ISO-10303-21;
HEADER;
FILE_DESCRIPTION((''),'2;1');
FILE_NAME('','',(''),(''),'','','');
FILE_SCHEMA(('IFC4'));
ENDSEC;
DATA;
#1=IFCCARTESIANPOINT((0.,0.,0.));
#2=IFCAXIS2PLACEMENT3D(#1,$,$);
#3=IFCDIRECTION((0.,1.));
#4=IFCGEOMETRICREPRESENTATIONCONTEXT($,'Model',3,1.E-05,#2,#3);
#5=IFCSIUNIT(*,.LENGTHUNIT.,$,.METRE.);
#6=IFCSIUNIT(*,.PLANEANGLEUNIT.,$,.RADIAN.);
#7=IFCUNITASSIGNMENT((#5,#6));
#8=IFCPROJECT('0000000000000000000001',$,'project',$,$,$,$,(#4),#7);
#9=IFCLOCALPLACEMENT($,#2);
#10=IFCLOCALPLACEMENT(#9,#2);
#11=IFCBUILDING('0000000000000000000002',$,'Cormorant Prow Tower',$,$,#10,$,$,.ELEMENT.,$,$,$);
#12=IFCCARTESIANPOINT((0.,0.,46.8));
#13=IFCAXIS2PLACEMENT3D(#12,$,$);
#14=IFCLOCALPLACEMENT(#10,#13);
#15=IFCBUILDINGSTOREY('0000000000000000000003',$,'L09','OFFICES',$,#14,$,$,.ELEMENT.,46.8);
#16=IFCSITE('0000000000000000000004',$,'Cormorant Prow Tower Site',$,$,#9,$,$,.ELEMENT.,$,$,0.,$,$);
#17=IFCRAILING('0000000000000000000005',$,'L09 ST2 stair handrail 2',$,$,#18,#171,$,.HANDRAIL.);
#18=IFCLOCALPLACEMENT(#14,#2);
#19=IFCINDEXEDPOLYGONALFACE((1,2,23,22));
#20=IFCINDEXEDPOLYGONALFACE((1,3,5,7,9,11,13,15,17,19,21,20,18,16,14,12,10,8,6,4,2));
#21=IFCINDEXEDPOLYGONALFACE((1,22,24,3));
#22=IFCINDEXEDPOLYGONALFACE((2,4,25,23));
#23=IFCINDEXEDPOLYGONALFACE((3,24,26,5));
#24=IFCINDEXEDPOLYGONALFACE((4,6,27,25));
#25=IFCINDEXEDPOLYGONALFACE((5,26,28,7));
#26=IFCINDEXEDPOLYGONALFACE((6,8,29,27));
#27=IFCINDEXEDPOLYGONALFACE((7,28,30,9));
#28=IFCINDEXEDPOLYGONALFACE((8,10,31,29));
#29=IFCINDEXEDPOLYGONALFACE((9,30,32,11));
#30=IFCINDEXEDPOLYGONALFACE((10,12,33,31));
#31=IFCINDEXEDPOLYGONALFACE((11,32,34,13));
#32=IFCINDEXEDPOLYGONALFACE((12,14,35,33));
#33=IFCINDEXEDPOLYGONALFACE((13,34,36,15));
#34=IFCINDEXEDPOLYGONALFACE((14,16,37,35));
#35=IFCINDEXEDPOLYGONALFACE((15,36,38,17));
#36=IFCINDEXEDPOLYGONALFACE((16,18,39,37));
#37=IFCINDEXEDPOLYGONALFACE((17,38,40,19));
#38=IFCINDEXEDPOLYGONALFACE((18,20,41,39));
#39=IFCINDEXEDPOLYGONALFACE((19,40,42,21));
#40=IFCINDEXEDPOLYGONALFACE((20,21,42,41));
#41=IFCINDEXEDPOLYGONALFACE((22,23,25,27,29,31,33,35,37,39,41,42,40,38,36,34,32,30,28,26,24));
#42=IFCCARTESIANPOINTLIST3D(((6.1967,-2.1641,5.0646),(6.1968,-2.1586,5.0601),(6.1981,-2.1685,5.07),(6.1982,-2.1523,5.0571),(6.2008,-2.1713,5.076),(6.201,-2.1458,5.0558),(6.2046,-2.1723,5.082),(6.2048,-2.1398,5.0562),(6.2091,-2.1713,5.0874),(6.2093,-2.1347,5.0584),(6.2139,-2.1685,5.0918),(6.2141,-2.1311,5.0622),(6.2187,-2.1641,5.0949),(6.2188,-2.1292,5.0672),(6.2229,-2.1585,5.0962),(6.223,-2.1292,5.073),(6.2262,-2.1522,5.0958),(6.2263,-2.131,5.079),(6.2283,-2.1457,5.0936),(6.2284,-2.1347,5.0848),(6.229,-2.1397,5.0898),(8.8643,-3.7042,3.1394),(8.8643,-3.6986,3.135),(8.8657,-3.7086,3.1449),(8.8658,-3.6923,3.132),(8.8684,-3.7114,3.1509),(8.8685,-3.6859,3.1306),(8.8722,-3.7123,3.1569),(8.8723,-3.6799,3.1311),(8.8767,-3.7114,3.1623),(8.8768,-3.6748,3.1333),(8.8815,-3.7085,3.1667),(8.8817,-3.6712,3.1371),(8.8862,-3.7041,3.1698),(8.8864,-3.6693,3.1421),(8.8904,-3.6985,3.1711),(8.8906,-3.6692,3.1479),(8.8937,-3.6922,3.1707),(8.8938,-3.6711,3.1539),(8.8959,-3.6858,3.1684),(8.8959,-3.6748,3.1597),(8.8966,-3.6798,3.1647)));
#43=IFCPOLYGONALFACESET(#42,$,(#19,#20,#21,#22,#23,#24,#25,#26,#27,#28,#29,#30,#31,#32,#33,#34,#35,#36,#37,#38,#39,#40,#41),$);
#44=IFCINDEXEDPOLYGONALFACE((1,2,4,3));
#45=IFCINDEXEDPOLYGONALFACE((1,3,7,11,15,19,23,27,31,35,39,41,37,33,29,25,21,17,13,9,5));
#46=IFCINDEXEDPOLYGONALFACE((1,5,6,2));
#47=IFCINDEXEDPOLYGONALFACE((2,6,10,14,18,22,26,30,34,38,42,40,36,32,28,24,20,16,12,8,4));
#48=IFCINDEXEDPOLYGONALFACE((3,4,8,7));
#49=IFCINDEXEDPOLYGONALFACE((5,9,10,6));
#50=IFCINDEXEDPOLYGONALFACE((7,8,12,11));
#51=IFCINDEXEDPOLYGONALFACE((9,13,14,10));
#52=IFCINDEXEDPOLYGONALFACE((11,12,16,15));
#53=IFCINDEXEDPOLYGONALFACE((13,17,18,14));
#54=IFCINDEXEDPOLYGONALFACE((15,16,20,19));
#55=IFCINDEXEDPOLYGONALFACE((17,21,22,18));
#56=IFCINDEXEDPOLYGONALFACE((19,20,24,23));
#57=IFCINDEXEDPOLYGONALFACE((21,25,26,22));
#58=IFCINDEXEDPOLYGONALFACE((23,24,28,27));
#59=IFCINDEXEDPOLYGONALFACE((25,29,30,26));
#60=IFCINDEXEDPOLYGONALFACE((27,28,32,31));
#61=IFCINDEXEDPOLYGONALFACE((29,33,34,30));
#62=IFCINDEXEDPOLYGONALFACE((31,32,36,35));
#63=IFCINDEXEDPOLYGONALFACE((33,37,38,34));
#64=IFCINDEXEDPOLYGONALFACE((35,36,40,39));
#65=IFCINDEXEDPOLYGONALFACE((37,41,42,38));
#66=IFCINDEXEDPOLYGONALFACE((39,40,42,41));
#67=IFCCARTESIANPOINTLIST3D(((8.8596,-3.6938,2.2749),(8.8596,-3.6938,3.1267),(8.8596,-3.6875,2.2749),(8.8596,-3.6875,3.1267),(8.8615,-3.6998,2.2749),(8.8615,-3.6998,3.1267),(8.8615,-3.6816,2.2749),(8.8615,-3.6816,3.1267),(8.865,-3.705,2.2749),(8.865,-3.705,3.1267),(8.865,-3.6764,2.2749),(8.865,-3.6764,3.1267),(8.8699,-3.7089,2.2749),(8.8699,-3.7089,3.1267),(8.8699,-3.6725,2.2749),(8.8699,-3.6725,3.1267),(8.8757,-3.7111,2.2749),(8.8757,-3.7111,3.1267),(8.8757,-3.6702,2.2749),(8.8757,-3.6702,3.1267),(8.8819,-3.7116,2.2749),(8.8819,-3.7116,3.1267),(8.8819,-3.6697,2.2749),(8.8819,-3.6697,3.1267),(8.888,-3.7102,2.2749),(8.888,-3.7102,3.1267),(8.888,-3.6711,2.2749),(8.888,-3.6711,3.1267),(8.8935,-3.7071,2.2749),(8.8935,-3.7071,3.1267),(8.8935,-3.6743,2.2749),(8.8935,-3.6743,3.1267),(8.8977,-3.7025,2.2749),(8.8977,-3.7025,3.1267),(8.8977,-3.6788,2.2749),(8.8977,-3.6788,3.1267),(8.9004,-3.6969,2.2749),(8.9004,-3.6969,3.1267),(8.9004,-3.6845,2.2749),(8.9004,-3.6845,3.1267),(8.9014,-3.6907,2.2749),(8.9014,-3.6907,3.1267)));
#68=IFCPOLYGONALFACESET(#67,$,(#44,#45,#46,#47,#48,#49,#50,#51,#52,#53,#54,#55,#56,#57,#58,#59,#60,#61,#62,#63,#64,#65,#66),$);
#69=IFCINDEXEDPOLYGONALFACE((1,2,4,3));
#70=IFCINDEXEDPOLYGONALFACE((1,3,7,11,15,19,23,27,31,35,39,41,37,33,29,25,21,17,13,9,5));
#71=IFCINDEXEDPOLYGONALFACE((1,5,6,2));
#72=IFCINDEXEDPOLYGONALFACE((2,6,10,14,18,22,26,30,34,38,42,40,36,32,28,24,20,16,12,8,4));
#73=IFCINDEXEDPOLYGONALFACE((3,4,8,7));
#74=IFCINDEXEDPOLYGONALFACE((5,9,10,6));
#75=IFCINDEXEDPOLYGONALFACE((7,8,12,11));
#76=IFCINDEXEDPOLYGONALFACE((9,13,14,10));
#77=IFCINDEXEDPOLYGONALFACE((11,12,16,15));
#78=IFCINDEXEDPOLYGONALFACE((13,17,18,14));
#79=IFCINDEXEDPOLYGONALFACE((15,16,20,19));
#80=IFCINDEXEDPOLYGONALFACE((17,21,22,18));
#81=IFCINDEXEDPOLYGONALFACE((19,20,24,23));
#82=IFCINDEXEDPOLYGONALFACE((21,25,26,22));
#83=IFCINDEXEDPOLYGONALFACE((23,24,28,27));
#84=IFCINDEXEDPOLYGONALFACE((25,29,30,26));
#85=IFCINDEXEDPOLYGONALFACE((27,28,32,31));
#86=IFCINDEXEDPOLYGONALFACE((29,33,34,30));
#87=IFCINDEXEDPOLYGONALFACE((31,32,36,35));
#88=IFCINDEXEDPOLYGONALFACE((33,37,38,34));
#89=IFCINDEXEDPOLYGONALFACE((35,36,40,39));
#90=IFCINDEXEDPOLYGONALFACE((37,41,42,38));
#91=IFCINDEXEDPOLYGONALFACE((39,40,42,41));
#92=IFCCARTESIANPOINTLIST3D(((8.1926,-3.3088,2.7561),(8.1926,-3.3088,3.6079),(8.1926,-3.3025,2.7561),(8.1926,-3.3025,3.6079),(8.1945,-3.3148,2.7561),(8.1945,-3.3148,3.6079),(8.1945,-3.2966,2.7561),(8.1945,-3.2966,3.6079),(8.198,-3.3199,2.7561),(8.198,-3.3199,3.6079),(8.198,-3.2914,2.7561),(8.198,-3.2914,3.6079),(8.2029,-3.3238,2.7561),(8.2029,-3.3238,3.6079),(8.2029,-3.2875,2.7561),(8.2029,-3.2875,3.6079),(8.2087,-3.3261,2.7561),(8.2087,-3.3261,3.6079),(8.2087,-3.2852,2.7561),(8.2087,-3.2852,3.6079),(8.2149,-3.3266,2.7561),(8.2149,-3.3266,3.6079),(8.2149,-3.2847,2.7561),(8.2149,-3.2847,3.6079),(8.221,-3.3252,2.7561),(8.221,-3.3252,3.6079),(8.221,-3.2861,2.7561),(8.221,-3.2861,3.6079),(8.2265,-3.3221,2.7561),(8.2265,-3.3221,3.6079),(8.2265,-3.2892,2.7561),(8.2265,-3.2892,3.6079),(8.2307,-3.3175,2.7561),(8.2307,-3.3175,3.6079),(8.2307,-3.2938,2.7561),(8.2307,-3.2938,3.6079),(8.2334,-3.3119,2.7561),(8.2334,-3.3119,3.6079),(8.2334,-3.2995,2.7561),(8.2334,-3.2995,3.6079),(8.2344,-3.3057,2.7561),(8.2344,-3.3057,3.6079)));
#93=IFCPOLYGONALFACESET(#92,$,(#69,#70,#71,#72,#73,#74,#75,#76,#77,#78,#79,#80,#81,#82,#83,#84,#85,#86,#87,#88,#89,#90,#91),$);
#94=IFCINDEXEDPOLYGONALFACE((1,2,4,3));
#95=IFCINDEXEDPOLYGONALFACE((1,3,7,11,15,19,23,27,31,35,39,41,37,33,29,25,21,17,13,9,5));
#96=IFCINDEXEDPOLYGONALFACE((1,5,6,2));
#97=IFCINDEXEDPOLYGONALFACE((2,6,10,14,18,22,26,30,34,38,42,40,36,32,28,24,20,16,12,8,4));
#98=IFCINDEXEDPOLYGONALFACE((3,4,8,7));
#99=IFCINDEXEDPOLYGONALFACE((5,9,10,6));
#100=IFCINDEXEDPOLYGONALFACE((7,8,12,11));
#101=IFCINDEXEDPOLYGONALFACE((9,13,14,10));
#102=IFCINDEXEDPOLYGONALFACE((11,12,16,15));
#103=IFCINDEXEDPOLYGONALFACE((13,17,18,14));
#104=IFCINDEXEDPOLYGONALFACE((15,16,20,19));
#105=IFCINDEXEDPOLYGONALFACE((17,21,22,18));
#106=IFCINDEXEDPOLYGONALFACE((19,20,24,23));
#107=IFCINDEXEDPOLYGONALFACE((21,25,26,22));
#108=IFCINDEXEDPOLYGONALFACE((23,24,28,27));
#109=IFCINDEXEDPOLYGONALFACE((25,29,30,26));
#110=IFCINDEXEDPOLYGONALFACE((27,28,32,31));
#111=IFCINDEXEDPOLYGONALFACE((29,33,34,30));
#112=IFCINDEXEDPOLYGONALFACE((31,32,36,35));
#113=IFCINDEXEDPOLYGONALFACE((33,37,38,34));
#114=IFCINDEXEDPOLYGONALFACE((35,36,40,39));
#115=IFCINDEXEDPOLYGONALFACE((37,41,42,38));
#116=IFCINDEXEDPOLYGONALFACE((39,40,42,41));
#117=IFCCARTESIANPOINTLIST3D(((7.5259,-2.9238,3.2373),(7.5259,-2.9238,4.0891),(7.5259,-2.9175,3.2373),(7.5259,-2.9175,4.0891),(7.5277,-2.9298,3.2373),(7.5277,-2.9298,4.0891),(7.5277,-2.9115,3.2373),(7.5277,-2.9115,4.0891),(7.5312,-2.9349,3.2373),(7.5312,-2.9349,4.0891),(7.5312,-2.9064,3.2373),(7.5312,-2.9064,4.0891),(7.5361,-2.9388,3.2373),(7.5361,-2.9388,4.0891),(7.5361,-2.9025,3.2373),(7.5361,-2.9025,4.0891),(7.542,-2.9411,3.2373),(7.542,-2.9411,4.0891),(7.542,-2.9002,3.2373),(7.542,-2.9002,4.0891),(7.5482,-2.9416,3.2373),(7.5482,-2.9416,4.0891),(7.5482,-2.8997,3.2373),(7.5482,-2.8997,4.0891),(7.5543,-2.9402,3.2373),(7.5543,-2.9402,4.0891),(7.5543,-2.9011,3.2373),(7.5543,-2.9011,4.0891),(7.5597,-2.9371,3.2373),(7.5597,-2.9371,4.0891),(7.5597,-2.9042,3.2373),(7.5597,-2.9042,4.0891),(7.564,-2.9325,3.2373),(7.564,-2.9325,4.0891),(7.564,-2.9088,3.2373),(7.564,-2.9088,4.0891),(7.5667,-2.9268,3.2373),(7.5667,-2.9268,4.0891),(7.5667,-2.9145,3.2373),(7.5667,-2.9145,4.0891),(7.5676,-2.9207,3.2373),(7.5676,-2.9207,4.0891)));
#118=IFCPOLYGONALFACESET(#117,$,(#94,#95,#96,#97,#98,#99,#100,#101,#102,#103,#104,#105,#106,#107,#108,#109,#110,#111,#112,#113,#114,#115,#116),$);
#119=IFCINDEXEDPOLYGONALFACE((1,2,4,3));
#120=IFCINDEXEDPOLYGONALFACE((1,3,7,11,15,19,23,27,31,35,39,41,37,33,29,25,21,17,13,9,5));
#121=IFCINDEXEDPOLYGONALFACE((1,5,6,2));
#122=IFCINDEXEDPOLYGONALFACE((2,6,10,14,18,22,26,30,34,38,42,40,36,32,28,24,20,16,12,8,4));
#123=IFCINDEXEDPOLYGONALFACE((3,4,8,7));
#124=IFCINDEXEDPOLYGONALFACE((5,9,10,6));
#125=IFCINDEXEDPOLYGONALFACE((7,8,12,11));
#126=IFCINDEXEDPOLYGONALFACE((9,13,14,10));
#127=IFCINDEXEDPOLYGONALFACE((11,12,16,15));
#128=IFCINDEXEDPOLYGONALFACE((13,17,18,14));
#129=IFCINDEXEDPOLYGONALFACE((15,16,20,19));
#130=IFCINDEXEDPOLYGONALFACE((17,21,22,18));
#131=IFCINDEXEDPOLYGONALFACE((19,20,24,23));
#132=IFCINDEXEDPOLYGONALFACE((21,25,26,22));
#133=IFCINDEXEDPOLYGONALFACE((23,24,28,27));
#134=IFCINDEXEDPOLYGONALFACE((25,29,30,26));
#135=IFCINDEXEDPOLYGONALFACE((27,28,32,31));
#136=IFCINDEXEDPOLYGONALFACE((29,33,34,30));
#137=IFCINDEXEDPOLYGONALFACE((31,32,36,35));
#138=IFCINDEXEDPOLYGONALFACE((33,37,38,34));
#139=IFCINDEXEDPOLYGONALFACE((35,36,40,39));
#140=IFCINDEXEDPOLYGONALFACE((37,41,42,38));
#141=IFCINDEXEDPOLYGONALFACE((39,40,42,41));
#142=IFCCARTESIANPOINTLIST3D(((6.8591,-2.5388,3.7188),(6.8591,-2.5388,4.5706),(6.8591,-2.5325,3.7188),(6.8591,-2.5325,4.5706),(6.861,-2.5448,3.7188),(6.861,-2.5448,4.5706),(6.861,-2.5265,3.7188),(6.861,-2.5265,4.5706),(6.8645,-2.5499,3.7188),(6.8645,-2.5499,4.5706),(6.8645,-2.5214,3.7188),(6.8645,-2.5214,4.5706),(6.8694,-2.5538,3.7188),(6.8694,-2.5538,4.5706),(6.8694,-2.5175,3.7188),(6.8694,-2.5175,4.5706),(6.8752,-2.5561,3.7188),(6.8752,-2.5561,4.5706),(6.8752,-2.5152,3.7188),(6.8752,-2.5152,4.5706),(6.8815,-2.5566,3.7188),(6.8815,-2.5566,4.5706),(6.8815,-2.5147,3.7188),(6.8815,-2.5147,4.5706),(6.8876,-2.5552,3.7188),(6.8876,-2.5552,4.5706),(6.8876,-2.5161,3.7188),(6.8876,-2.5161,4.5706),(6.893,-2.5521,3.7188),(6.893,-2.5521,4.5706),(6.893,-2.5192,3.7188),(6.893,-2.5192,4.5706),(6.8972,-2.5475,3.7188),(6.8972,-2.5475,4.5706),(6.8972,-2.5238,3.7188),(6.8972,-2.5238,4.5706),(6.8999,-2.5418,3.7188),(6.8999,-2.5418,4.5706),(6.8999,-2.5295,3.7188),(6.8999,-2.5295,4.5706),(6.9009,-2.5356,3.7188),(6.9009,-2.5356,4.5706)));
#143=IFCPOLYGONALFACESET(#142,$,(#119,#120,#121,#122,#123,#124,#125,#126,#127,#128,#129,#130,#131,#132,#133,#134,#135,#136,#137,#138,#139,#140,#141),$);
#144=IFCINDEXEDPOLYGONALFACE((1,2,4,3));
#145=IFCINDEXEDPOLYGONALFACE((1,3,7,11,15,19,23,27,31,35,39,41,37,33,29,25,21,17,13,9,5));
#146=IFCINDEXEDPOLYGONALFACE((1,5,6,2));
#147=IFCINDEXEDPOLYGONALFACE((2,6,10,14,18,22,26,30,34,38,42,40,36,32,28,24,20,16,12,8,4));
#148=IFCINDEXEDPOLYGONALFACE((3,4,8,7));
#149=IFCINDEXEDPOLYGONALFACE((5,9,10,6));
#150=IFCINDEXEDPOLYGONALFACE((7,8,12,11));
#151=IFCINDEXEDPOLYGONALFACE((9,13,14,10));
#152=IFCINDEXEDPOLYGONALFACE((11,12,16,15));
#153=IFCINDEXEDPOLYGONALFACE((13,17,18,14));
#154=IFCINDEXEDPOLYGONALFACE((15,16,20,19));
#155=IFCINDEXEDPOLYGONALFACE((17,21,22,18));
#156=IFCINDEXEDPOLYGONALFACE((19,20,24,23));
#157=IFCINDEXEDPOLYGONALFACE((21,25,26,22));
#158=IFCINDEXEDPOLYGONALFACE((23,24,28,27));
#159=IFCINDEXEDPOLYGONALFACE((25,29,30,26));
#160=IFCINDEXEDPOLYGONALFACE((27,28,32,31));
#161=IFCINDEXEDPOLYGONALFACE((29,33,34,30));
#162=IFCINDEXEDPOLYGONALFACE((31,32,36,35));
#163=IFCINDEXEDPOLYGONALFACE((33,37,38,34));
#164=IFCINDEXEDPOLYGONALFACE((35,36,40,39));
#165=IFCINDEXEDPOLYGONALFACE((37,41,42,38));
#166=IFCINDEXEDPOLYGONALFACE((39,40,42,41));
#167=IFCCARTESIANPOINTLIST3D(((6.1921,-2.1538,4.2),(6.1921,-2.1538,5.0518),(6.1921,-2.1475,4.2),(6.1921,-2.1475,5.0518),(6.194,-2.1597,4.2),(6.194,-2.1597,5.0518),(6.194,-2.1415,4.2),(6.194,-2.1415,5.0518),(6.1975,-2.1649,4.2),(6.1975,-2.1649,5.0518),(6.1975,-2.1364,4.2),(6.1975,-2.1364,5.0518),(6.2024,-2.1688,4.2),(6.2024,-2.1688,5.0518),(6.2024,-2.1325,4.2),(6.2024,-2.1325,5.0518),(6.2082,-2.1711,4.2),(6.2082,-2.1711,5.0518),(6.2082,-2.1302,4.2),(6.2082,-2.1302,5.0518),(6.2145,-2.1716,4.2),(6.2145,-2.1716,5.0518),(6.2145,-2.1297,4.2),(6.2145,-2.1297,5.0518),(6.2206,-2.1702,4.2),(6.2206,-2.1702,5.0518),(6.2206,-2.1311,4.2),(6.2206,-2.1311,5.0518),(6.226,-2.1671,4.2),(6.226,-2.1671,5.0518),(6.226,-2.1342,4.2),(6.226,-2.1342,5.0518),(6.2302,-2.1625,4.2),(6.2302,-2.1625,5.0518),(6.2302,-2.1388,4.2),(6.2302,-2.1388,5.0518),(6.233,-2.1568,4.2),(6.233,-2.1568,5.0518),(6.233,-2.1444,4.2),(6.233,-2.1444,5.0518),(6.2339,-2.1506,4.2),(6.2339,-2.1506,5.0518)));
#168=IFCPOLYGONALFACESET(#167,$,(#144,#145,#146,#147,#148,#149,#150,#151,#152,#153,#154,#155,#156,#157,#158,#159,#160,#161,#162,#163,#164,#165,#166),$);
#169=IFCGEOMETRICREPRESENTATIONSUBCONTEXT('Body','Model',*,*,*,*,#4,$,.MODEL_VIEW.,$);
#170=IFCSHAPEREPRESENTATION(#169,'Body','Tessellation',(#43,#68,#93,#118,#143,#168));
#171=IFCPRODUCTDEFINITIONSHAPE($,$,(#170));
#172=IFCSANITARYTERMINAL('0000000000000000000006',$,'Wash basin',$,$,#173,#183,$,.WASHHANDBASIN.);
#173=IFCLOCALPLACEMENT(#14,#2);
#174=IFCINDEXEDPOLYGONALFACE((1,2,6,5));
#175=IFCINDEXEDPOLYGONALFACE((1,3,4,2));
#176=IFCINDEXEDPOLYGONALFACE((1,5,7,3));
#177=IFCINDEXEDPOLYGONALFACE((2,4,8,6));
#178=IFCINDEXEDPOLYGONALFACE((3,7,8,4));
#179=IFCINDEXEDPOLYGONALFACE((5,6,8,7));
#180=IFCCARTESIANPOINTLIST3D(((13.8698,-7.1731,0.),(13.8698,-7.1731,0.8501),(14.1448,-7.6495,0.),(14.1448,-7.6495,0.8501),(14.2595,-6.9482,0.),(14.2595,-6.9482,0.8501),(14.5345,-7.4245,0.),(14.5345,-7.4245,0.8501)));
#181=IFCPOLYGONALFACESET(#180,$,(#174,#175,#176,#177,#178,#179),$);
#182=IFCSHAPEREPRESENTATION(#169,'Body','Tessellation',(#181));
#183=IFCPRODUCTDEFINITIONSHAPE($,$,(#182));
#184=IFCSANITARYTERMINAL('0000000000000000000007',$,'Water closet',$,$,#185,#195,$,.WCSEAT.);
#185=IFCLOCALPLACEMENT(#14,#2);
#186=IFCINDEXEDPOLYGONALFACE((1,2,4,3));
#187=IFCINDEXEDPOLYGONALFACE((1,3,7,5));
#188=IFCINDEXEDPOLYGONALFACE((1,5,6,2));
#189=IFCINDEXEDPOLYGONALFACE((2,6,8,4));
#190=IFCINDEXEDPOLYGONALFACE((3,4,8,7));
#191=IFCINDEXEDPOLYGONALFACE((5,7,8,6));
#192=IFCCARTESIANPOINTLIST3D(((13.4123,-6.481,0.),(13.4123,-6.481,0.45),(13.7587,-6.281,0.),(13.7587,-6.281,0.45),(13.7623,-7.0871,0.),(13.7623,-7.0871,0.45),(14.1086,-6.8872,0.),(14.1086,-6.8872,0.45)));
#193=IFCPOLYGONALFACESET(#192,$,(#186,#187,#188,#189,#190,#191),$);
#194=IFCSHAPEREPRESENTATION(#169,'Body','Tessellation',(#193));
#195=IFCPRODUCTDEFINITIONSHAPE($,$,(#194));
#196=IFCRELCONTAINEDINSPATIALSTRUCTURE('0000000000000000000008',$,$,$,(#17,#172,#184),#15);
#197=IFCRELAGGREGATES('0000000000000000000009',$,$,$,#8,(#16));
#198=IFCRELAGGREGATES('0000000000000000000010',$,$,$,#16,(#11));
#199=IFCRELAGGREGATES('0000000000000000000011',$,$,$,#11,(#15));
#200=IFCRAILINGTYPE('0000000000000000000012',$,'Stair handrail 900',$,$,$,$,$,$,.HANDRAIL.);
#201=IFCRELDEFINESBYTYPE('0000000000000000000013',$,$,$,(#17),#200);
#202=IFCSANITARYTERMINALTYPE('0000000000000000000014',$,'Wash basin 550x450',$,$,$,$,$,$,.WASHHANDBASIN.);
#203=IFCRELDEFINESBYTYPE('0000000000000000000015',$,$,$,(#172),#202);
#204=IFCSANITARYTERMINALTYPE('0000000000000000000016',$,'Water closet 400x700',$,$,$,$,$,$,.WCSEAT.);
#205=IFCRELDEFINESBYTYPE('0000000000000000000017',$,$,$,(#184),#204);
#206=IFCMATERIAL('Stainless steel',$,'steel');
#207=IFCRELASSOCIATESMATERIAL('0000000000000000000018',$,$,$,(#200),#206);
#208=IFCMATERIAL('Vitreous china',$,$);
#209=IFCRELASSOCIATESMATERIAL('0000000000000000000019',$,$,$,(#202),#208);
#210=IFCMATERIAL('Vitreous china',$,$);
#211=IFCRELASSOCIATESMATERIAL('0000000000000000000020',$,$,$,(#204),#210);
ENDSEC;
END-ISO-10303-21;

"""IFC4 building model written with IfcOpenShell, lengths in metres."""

from ifc_helpers import new_model, si_unit, direction, frame, origin, origin_2d, place, context, subcontext, project, spatial, rectangle, circle, extrude, material, type_object, element, save


model = new_model("IFC4")

# Units and contexts
model_context = context("Model", 3, precision=1e-05, world=origin(), true_north=direction((0.0, 1.0)))
body_context = subcontext(model_context, "Body", "Model", "MODEL_VIEW")
ifc_project = project(units=[si_unit("LENGTHUNIT", "METRE"), si_unit("PLANEANGLEUNIT", "RADIAN")], contexts=[model_context])

# Site, building, storey
site_placement = place(None, origin())
site = spatial("IfcSite", under=ifc_project, at=site_placement, Name="Cormorant Prow Tower Site", CompositionType="ELEMENT", RefElevation=0.0)
building_placement = place(site_placement, origin())
building = spatial("IfcBuilding", under=site, at=building_placement, Name="Cormorant Prow Tower", CompositionType="ELEMENT")
storey_placement = place(building_placement, frame((0.0, 0.0, 46.8)))
storey = spatial("IfcBuildingStorey", under=building, at=storey_placement, Name="L09", Description="OFFICES", CompositionType="ELEMENT", Elevation=46.8)

# Railing
ifc_material_1 = material(Name="Stainless steel", Category="steel")
railing_type_1 = type_object("IfcRailingType", Name="Stair handrail 900", PredefinedType="HANDRAIL", material=ifc_material_1)
railing_1_placement = place(storey_placement, frame((8.8804, -3.6907, 2.2749)))
element("IfcRailing", 1, at=railing_1_placement, inside=storey, type_object=railing_type_1, Name="L09 ST2 stair handrail 2", PredefinedType="HANDRAIL", context=body_context, shape_type="SweptSolid", body=[
    extrude(circle(Radius=0.0239, at=origin_2d()), frame((0.0, 0.0, 0.876), z_axis=(-0.734395, 0.423994, 0.529993), x_axis=(-0.499992, -0.86603, 0.0)), (0.0, 0.0, 1.0), 3.6323),
    extrude(circle(Radius=0.021, at=origin_2d()), origin(), (0.0, 0.0, 1.0), 0.8518),
    extrude(circle(Radius=0.021, at=origin_2d()), frame((-0.667, 0.385, 0.4812)), (0.0, 0.0, 1.0), 0.8518),
    extrude(circle(Radius=0.021, at=origin_2d()), frame((-1.3337, 0.77, 0.9624)), (0.0, 0.0, 1.0), 0.8518),
    extrude(circle(Radius=0.021, at=origin_2d()), frame((-2.0005, 1.155, 1.4438)), (0.0, 0.0, 1.0), 0.8518),
    extrude(circle(Radius=0.021, at=origin_2d()), frame((-2.6675, 1.54, 1.925)), (0.0, 0.0, 1.0), 0.8518),
])

# Sanitary terminals
ifc_material_2 = material(Name="Vitreous china")
sanitary_terminal_type_1 = type_object("IfcSanitaryTerminalType", Name="Wash basin 550x450", PredefinedType="WASHHANDBASIN", material=ifc_material_2)
sanitary_terminal_1_placement = place(storey_placement, frame((14.2021, -7.2988, 0.0), z_axis=(0.0, 0.0, 1.0), x_axis=(-0.5, 0.866025, 0.0)))
element("IfcSanitaryTerminal", 2, at=sanitary_terminal_1_placement, inside=storey, type_object=sanitary_terminal_type_1, Name="Wash basin", PredefinedType="WASHHANDBASIN", context=body_context, shape_type="SweptSolid", body=[
    extrude(rectangle(XDim=0.55, YDim=0.45, at=origin_2d()), origin(), (0.0, 0.0, 1.0), 0.8501),
])
ifc_material_3 = material(Name="Vitreous china")
sanitary_terminal_type_2 = type_object("IfcSanitaryTerminalType", Name="Water closet 400x700", PredefinedType="WCSEAT", material=ifc_material_3)
sanitary_terminal_2_placement = place(storey_placement, frame((13.7605, -6.6841, 0.0), z_axis=(0.0, 0.0, 1.0), x_axis=(-0.866025, -0.5, 0.0)))
element("IfcSanitaryTerminal", 3, at=sanitary_terminal_2_placement, inside=storey, type_object=sanitary_terminal_type_2, Name="Water closet", PredefinedType="WCSEAT", context=body_context, shape_type="SweptSolid", body=[
    extrude(rectangle(XDim=0.3999, YDim=0.7, at=origin_2d()), origin(), (0.0, 0.0, 1.0), 0.45),
])

save(model, "model.ifc")
